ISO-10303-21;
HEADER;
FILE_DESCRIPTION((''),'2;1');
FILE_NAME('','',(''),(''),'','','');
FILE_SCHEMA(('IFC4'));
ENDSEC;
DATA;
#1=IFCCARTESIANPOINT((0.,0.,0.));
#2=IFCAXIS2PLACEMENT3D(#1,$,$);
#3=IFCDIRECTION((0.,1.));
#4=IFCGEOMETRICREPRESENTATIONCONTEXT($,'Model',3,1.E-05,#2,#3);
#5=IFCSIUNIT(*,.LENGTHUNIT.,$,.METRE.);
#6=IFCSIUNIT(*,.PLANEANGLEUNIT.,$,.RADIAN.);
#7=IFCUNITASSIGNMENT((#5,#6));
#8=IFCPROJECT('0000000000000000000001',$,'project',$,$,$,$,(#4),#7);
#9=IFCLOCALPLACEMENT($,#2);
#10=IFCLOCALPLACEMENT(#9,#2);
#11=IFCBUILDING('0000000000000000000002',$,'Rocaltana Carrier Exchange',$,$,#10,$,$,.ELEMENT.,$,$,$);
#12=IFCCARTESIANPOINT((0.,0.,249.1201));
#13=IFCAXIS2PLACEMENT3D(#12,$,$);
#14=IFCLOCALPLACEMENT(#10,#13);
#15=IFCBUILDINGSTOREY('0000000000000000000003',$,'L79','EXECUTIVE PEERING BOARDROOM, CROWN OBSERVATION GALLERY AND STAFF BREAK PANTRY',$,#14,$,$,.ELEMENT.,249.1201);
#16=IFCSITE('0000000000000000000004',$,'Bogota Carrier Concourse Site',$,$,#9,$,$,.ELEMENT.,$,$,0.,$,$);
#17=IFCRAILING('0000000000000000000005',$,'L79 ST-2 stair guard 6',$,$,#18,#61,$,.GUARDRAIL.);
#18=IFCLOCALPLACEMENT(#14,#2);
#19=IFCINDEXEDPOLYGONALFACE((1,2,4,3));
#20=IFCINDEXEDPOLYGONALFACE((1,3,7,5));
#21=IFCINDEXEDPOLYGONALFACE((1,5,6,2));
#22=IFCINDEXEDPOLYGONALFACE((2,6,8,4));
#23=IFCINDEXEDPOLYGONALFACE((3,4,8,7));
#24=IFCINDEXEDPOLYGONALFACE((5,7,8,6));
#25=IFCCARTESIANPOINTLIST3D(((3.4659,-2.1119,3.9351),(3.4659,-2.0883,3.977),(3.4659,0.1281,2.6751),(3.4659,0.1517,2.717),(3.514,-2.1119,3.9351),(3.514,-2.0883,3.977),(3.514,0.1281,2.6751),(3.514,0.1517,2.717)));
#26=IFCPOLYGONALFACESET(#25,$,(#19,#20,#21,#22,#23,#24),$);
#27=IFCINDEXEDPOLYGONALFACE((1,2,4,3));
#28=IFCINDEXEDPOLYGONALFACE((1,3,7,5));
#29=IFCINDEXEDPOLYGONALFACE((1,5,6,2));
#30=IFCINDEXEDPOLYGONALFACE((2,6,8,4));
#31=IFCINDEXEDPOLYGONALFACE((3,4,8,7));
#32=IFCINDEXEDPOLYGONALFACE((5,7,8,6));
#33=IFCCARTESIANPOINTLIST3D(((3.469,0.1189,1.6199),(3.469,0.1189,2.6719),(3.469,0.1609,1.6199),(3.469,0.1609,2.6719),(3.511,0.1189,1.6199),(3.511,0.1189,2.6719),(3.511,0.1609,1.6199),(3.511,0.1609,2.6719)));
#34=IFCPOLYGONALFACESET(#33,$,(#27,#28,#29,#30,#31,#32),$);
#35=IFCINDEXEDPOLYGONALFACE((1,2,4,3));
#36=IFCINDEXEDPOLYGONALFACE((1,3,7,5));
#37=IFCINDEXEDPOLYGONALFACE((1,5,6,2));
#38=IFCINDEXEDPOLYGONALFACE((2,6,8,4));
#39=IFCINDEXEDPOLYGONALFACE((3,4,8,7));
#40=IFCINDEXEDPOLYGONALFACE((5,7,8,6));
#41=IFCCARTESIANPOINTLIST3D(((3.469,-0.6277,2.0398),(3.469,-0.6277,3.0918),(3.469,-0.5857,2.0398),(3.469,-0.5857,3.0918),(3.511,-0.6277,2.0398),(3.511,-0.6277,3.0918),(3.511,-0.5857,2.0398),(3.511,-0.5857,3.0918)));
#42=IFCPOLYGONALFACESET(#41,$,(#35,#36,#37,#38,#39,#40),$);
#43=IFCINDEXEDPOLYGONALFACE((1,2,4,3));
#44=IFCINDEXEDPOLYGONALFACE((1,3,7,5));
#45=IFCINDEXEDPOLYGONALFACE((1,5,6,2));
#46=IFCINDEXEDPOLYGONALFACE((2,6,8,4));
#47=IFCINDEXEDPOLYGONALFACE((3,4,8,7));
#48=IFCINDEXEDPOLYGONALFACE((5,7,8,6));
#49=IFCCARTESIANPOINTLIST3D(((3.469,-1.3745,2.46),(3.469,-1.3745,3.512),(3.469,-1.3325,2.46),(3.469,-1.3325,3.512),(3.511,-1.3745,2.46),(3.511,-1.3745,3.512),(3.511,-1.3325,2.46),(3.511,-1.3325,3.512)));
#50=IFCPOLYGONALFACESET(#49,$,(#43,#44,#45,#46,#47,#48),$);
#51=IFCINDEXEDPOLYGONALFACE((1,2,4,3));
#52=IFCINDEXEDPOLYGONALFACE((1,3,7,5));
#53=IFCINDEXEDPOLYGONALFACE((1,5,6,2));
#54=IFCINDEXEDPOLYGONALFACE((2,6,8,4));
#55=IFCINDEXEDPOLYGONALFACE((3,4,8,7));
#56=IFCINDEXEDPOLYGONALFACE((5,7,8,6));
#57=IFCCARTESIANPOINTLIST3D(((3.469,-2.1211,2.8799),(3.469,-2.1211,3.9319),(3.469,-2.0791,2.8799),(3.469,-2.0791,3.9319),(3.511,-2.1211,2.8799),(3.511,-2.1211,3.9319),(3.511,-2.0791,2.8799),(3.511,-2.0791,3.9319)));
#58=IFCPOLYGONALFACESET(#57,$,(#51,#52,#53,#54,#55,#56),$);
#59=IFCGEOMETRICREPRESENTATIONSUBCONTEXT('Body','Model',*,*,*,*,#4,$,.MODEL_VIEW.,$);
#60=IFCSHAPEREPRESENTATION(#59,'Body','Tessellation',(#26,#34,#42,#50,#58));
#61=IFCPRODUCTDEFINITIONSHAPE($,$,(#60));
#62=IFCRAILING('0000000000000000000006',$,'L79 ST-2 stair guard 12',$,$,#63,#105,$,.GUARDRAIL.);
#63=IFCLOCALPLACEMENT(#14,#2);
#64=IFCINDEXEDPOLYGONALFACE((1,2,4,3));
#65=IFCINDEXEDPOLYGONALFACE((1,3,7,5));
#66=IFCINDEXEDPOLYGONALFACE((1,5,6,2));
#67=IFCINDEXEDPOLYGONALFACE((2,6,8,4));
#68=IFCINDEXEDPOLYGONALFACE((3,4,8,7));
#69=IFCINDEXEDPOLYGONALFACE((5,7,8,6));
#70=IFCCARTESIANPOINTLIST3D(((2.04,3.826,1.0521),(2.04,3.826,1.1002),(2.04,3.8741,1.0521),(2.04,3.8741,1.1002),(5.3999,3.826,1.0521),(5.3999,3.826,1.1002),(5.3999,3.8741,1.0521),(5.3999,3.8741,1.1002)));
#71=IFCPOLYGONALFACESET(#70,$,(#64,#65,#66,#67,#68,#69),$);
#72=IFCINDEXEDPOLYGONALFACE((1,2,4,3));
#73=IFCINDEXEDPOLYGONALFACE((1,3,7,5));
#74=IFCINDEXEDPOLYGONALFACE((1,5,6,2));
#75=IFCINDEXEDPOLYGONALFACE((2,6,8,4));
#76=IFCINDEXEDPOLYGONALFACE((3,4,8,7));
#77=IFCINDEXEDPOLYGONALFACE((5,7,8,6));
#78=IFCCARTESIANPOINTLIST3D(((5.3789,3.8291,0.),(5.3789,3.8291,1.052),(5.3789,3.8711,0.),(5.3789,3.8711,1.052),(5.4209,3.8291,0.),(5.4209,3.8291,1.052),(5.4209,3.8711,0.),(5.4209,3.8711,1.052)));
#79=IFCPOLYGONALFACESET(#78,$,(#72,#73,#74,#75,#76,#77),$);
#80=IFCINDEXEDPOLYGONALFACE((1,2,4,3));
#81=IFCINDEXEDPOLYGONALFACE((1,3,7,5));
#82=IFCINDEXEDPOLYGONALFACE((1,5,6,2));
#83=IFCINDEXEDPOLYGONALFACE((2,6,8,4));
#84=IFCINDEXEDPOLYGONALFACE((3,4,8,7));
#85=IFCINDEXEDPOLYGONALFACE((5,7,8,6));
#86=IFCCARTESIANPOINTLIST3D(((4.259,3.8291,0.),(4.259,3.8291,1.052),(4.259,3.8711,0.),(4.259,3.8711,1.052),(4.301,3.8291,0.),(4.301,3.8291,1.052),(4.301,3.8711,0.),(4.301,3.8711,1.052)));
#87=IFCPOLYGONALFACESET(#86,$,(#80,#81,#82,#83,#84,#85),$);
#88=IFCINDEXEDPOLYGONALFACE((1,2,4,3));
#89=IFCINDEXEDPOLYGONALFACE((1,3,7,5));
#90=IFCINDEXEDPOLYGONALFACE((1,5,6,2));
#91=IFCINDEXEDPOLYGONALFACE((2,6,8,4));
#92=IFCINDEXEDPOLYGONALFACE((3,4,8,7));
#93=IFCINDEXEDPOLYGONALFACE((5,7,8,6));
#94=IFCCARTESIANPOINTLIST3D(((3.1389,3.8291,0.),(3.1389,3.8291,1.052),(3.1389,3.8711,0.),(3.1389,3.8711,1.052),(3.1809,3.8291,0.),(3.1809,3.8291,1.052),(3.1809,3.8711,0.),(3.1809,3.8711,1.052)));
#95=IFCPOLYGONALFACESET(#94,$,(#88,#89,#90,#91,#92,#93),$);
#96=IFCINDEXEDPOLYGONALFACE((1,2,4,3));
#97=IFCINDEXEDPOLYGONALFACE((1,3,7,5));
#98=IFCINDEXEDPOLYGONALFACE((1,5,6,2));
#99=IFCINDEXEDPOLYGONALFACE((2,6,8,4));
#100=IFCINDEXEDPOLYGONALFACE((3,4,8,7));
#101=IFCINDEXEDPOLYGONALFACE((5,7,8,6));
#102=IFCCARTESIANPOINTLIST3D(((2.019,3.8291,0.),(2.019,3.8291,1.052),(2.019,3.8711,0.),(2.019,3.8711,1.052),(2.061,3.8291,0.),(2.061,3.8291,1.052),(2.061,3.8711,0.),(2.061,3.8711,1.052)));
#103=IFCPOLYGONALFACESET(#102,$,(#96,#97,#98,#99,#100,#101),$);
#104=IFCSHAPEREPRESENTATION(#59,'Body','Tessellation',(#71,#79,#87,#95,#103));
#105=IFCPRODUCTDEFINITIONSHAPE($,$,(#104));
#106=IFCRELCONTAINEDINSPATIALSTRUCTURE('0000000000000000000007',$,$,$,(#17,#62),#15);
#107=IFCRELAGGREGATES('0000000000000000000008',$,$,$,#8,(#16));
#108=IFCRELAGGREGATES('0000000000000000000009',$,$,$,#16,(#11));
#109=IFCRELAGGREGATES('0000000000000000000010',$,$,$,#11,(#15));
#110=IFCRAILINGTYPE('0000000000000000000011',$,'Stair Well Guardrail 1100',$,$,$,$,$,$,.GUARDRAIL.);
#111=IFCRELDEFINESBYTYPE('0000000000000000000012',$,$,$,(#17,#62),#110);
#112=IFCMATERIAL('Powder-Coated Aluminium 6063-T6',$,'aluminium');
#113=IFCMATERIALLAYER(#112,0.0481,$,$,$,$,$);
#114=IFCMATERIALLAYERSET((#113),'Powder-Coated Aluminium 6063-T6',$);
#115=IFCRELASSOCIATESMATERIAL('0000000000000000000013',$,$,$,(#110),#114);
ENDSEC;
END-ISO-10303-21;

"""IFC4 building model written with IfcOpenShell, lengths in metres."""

from ifc_helpers import new_model, si_unit, direction, frame, origin, origin_2d, place, context, subcontext, project, spatial, rectangle, extrude, material, layer, layer_set, type_object, element, save


model = new_model("IFC4")

# Units and contexts
model_context = context("Model", 3, precision=1e-05, world=origin(), true_north=direction((0.0, 1.0)))
body_context = subcontext(model_context, "Body", "Model", "MODEL_VIEW")
ifc_project = project(units=[si_unit("LENGTHUNIT", "METRE"), si_unit("PLANEANGLEUNIT", "RADIAN")], contexts=[model_context])

# Site, building, storey
site_placement = place(None, origin())
site = spatial("IfcSite", under=ifc_project, at=site_placement, Name="Bogota Carrier Concourse Site", CompositionType="ELEMENT", RefElevation=0.0)
building_placement = place(site_placement, origin())
building = spatial("IfcBuilding", under=site, at=building_placement, Name="Rocaltana Carrier Exchange", CompositionType="ELEMENT")
storey_placement = place(building_placement, frame((0.0, 0.0, 249.1201)))
storey = spatial("IfcBuildingStorey", under=building, at=storey_placement, Name="L79", Description="EXECUTIVE PEERING BOARDROOM, CROWN OBSERVATION GALLERY AND STAFF BREAK PANTRY", CompositionType="ELEMENT", Elevation=249.1201)

# Railings
ifc_material_1 = material(Name="Powder-Coated Aluminium 6063-T6", Category="aluminium")
ifc_layer_1 = layer(ifc_material_1, 0.0481)
ifc_layer_set_1 = layer_set([ifc_layer_1], Name="Powder-Coated Aluminium 6063-T6")
railing_type_1 = type_object("IfcRailingType", Name="Stair Well Guardrail 1100", PredefinedType="GUARDRAIL", material=ifc_layer_set_1)
railing_1_placement = place(storey_placement, frame((3.49, 0.1399, 1.6199)))
element("IfcRailing", 1, at=railing_1_placement, inside=storey, type_object=railing_type_1, Name="L79 ST-2 stair guard 6", PredefinedType="GUARDRAIL", context=body_context, shape_type="SweptSolid", body=[
    extrude(rectangle(XDim=0.0481, YDim=0.0481, at=origin_2d()), frame((0.0, 0.0, 1.0762), z_axis=(0.0, -0.871573, 0.490266), x_axis=(1.0, 0.0, 0.0)), (0.0, 0.0, 1.0), 2.5701),
    extrude(rectangle(XDim=0.042, YDim=0.042, at=origin_2d()), origin(), (0.0, 0.0, 1.0), 1.052),
    extrude(rectangle(XDim=0.042, YDim=0.042, at=origin_2d()), frame((0.0, -0.7466, 0.4199)), (0.0, 0.0, 1.0), 1.052),
    extrude(rectangle(XDim=0.042, YDim=0.042, at=origin_2d()), frame((0.0, -1.4934, 0.8401)), (0.0, 0.0, 1.0), 1.052),
    extrude(rectangle(XDim=0.042, YDim=0.042, at=origin_2d()), frame((0.0, -2.24, 1.26)), (0.0, 0.0, 1.0), 1.052),
])
railing_2_placement = place(storey_placement, frame((5.3999, 3.8501, 0.0)))
element("IfcRailing", 2, at=railing_2_placement, inside=storey, type_object=railing_type_1, Name="L79 ST-2 stair guard 12", PredefinedType="GUARDRAIL", context=body_context, shape_type="SweptSolid", body=[
    extrude(rectangle(XDim=0.0481, YDim=0.0481, at=origin_2d()), frame((0.0, 0.0, 1.0762), z_axis=(-1.0, 0.0, 0.0), x_axis=(0.0, -1.0, 0.0)), (0.0, 0.0, 1.0), 3.3599),
    extrude(rectangle(XDim=0.042, YDim=0.042, at=origin_2d()), origin(), (0.0, 0.0, 1.0), 1.052),
    extrude(rectangle(XDim=0.042, YDim=0.042, at=origin_2d()), frame((-1.1199, 0.0, 0.0)), (0.0, 0.0, 1.0), 1.052),
    extrude(rectangle(XDim=0.042, YDim=0.042, at=origin_2d()), frame((-2.24, 0.0, 0.0)), (0.0, 0.0, 1.0), 1.052),
    extrude(rectangle(XDim=0.042, YDim=0.042, at=origin_2d()), frame((-3.3599, 0.0, 0.0)), (0.0, 0.0, 1.0), 1.052),
])

save(model, "model.ifc")
